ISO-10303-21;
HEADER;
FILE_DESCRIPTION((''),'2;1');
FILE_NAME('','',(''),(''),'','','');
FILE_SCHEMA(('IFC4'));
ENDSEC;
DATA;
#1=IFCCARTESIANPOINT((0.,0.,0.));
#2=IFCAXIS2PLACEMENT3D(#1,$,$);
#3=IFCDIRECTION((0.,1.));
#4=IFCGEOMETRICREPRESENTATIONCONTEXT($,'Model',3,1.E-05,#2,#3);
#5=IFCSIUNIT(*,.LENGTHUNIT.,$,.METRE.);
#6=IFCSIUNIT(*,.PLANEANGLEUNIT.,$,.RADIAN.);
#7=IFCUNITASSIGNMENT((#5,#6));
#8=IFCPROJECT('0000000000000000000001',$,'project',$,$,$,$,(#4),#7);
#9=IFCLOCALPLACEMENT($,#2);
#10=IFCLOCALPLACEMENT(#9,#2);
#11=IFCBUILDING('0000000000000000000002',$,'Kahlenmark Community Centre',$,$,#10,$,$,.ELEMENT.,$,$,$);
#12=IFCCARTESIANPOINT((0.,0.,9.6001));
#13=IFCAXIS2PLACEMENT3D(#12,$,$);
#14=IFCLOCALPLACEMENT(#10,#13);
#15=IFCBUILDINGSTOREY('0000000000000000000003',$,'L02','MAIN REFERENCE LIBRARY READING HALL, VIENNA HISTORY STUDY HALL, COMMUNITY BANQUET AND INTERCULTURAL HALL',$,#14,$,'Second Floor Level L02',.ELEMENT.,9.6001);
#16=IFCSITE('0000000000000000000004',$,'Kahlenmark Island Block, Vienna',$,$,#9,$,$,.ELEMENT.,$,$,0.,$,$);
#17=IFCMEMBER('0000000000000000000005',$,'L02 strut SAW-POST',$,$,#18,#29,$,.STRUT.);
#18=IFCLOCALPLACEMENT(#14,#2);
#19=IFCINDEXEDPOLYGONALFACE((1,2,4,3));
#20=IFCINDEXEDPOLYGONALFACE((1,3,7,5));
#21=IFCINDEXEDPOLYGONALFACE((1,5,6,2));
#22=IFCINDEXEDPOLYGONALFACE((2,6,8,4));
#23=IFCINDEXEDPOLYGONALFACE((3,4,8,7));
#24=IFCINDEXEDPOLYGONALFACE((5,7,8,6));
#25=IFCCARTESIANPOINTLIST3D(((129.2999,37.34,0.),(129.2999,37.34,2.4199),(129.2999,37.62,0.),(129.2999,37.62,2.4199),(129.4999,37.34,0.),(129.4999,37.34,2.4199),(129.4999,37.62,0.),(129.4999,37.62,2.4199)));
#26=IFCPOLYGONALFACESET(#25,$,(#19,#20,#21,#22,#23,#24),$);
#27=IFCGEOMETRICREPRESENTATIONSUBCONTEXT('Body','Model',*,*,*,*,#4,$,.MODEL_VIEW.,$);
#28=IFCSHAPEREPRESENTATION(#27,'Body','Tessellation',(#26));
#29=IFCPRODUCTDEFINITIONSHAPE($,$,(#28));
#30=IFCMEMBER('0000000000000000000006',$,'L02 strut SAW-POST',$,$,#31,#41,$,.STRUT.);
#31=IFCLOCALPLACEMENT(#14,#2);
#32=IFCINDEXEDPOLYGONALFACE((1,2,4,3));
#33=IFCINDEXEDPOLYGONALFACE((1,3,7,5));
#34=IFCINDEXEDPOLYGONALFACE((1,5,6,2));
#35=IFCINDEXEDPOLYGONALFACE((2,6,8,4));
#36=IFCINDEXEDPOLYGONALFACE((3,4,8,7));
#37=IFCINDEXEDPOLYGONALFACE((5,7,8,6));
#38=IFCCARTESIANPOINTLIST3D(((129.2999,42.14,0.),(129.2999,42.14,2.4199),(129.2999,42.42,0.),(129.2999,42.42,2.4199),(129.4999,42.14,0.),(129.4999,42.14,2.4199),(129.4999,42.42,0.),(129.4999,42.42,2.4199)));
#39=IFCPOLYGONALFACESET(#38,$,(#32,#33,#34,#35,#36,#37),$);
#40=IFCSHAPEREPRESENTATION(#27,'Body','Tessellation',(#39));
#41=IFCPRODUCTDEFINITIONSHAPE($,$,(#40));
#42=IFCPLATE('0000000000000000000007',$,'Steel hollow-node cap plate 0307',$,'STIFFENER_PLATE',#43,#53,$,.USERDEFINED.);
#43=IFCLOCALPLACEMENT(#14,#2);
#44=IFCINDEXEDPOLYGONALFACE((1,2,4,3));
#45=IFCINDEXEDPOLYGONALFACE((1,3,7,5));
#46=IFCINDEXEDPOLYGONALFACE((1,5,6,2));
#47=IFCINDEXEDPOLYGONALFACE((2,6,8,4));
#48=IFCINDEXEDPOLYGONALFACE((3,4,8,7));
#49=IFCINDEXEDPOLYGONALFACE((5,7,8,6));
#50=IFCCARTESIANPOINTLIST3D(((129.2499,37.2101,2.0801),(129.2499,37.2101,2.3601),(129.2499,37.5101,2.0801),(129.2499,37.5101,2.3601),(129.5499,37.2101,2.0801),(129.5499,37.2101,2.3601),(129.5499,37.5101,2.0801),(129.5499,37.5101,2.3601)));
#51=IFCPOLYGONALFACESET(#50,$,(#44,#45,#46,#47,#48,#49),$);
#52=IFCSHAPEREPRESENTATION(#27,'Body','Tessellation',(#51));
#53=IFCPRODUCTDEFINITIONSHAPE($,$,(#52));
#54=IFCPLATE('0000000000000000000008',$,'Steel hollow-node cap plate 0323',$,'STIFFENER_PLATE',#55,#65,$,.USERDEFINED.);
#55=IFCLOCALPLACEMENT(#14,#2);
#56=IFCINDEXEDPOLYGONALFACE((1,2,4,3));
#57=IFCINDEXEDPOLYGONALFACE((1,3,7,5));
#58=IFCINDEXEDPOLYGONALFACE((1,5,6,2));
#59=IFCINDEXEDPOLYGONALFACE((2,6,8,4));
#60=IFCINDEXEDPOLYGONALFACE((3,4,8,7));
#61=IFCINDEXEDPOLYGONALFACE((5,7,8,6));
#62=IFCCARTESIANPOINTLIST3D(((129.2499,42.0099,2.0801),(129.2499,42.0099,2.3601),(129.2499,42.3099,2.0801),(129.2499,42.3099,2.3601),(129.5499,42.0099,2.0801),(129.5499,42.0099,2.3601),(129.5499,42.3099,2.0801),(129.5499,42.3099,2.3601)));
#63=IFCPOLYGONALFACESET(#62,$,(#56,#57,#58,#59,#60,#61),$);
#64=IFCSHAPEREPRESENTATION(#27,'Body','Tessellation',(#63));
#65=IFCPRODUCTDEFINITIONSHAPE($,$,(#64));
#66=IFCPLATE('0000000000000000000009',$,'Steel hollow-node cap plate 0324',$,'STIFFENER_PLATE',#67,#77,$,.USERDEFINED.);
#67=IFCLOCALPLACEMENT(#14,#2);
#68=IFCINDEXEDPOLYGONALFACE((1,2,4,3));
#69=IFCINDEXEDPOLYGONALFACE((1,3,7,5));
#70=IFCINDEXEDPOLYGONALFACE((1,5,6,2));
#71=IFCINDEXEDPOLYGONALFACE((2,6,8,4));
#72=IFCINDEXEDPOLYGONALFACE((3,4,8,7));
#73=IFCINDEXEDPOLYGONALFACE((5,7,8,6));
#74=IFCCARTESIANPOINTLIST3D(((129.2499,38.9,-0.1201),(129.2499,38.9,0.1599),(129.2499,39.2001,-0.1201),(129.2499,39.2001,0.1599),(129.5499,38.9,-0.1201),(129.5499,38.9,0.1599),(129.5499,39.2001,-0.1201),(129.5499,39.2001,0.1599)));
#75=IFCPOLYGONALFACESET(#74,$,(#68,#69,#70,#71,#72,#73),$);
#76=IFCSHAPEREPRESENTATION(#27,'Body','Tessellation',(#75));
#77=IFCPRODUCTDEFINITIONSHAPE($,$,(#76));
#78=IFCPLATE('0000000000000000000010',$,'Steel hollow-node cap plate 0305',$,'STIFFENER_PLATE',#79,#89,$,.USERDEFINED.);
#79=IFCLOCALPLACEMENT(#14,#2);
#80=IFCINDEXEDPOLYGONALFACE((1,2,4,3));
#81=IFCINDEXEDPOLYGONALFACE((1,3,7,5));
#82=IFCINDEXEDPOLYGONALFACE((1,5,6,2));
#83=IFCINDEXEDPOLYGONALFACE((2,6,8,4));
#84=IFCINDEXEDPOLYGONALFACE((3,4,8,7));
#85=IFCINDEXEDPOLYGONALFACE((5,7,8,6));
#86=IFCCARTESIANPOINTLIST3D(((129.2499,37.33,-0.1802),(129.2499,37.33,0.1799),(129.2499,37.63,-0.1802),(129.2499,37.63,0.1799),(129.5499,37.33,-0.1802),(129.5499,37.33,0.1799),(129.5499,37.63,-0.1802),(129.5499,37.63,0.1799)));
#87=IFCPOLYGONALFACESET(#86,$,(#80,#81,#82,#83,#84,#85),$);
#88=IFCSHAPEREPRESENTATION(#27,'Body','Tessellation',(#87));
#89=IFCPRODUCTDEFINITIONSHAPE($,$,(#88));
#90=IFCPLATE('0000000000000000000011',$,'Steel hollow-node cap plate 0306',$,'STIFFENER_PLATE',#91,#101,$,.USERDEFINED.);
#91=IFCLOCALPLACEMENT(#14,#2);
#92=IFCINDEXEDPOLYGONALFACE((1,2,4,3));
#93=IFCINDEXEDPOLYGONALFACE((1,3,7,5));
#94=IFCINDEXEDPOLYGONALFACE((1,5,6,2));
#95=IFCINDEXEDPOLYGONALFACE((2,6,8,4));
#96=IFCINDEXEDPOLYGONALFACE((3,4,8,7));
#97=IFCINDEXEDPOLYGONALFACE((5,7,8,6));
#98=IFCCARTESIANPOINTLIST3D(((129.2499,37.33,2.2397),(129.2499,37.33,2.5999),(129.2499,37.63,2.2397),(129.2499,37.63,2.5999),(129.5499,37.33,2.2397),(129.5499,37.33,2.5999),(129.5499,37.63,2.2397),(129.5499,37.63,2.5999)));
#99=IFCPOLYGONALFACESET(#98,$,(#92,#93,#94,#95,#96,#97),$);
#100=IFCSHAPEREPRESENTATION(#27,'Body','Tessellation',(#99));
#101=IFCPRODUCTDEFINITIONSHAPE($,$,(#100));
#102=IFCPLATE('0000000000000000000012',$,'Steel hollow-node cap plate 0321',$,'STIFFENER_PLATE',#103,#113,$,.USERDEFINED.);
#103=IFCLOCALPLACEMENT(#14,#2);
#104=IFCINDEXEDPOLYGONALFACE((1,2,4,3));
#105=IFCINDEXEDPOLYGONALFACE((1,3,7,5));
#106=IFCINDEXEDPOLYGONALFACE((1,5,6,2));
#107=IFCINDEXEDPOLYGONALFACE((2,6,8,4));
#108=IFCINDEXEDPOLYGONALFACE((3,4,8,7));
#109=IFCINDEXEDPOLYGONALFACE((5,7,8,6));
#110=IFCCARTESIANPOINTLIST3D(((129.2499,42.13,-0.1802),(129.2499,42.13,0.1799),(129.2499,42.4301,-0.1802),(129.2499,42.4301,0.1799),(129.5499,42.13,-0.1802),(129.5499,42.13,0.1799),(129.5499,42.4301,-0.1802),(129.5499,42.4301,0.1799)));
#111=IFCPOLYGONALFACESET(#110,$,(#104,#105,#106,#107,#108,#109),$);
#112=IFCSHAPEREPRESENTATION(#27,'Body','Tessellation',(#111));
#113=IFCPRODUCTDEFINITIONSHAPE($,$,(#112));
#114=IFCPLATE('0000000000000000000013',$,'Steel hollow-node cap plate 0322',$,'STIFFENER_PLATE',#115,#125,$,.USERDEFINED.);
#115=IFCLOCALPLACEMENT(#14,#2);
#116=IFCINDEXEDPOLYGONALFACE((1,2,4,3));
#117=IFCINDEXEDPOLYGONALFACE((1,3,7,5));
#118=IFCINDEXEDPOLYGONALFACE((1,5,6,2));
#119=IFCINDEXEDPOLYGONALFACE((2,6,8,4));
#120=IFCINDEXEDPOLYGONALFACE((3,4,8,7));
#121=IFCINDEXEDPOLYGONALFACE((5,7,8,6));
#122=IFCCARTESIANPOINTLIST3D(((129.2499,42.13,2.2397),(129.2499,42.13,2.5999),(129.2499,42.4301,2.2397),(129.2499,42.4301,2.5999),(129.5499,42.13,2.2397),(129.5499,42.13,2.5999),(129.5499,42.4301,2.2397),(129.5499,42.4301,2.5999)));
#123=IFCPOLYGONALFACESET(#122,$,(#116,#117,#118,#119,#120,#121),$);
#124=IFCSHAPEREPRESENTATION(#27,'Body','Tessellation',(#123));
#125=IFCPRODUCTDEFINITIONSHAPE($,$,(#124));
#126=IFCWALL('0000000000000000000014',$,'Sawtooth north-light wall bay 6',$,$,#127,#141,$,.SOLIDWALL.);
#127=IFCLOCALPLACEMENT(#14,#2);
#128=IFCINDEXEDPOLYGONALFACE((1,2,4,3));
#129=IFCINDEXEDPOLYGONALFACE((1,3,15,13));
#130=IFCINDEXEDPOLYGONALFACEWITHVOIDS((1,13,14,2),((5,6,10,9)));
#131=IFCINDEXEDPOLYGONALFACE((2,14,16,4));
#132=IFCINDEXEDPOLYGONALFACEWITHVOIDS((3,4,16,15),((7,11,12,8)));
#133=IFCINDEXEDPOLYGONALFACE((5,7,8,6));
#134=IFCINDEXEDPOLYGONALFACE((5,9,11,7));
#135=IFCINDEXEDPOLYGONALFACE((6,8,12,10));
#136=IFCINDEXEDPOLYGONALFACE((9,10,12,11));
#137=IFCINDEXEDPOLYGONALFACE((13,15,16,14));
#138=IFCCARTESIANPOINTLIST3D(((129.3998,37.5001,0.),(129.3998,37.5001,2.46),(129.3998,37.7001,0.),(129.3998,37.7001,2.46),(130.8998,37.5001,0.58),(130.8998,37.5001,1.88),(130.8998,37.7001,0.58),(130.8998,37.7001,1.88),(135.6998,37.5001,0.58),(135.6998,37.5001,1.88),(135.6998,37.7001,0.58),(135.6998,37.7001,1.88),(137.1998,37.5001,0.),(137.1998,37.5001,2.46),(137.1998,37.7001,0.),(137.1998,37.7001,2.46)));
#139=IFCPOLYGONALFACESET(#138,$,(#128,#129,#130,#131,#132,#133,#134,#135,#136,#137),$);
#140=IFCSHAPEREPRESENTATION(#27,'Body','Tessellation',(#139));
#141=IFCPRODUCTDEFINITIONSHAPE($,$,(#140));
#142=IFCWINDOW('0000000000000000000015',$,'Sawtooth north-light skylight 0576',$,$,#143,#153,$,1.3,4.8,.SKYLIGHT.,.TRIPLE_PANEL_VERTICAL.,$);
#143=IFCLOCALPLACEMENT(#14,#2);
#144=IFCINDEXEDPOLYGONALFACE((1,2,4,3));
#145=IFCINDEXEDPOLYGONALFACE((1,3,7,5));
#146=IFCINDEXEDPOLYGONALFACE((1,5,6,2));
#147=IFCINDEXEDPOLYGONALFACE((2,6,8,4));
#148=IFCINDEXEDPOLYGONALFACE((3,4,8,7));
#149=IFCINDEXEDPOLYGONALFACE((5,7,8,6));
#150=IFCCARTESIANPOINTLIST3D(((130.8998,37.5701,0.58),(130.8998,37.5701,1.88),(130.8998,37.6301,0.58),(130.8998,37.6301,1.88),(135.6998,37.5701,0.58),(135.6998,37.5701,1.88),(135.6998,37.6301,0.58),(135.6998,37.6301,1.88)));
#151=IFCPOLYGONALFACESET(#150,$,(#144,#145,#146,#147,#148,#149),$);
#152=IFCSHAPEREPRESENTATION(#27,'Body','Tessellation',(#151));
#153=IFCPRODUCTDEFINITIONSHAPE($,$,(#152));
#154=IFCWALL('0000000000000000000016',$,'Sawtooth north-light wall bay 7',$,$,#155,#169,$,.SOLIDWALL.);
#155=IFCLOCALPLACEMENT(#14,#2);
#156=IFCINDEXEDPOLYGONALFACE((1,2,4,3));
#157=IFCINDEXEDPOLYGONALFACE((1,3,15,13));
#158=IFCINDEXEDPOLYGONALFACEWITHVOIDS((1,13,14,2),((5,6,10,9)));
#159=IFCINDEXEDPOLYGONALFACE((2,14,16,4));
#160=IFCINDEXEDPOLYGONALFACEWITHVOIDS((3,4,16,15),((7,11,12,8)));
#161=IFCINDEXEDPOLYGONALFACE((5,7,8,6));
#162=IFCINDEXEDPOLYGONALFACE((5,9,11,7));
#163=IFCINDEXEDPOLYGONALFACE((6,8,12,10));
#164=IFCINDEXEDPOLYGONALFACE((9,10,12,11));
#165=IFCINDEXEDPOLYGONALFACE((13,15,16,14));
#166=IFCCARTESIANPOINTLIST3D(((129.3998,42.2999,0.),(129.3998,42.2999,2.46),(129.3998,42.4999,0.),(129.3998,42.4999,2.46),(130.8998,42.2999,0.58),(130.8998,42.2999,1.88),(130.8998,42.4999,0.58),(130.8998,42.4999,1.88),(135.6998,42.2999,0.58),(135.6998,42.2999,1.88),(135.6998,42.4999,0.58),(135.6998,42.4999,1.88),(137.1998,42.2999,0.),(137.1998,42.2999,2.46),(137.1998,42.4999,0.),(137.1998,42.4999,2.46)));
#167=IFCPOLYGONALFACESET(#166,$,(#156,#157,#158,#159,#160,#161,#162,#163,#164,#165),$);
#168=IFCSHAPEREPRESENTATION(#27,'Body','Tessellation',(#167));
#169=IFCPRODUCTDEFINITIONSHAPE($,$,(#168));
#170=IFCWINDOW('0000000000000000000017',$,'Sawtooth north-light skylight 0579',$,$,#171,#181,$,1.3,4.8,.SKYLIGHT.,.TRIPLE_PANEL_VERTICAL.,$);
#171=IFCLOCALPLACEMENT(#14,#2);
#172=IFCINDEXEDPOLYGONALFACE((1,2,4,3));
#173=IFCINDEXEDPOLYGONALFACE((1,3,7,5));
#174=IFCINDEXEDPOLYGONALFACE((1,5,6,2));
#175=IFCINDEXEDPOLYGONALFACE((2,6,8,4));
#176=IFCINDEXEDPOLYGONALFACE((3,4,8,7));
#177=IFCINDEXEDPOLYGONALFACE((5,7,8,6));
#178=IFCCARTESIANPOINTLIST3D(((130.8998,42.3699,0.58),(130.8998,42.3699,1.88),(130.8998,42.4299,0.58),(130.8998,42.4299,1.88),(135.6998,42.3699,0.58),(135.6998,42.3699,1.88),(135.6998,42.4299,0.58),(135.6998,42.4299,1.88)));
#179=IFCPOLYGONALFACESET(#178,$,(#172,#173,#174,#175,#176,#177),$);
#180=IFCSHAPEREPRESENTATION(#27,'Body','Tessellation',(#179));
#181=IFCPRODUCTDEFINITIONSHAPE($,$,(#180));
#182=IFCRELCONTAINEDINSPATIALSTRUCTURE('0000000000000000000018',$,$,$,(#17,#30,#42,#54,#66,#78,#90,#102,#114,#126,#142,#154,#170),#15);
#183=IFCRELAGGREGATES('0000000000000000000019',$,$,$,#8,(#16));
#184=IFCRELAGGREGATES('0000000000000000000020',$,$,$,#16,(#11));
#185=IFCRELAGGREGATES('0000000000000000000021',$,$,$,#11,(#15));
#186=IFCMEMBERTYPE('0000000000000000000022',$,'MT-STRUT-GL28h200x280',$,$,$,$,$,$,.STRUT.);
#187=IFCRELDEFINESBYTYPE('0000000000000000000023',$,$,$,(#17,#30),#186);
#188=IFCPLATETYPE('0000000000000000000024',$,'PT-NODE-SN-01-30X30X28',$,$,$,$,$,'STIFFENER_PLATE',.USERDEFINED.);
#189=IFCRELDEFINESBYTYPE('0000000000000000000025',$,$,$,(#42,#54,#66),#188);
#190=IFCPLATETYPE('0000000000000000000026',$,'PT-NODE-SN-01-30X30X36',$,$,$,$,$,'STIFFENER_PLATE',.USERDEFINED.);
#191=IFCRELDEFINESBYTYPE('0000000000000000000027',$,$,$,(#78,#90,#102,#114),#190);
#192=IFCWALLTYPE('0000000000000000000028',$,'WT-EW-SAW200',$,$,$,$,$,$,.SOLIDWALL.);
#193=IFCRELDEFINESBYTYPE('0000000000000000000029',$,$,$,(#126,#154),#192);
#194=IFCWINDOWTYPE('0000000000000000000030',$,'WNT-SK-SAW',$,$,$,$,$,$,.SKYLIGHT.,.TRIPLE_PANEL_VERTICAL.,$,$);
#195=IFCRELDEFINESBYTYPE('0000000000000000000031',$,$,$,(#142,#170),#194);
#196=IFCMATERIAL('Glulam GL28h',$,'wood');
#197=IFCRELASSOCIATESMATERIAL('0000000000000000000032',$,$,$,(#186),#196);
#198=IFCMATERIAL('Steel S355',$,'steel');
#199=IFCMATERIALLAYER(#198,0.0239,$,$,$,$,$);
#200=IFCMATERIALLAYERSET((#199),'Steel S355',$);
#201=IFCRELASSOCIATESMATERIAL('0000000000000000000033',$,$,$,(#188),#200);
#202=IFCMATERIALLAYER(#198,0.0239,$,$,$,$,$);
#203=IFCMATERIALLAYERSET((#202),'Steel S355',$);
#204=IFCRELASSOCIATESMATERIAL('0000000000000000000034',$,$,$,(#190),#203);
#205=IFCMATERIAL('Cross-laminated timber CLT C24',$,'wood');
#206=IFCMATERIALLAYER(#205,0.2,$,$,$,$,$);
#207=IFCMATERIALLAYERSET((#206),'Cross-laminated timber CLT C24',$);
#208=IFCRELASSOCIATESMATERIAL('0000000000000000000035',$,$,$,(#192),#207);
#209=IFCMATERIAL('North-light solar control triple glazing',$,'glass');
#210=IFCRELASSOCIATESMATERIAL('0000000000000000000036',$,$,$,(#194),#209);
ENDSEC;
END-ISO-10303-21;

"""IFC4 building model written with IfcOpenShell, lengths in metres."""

from ifc_helpers import new_model, si_unit, direction, frame, frame_2d, origin, origin_2d, place, context, subcontext, project, spatial, rectangle, extrude, material, layer, layer_set, material_profile, profile_set, type_object, element, fill, save


model = new_model("IFC4")

# Units and contexts
model_context = context("Model", 3, precision=1e-05, world=origin(), true_north=direction((0.0, 1.0)))
body_context = subcontext(model_context, "Body", "Model", "MODEL_VIEW")
ifc_project = project(units=[si_unit("LENGTHUNIT", "METRE"), si_unit("PLANEANGLEUNIT", "RADIAN")], contexts=[model_context])

# Site, building, storey
site_placement = place(None, origin())
site = spatial("IfcSite", under=ifc_project, at=site_placement, Name="Kahlenmark Island Block, Vienna", CompositionType="ELEMENT", RefElevation=0.0)
building_placement = place(site_placement, origin())
building = spatial("IfcBuilding", under=site, at=building_placement, Name="Kahlenmark Community Centre", CompositionType="ELEMENT")
storey_placement = place(building_placement, frame((0.0, 0.0, 9.6001)))
storey = spatial("IfcBuildingStorey", under=building, at=storey_placement, Name="L02", Description="MAIN REFERENCE LIBRARY READING HALL, VIENNA HISTORY STUDY HALL, COMMUNITY BANQUET AND INTERCULTURAL HALL", LongName="Second Floor Level L02", CompositionType="ELEMENT", Elevation=9.6001)

# Members
ifc_material_1 = material(Name="Steel S355", Category="steel")
ifc_material_2 = material(Name="Glulam GL28h", Category="wood")
ifc_material_profile_1 = material_profile(ifc_material_2, rectangle(XDim=0.2, YDim=0.28, at=origin_2d()), Name="GL28h 200x280")
ifc_profile_set_1 = profile_set([ifc_material_profile_1], Name="Glulam GL28h")
member_type_1 = type_object("IfcMemberType", Name="MT-STRUT-GL28h200x280", PredefinedType="STRUT", material=ifc_profile_set_1)
for number, where, z_axis, x_axis, name in (
    (1, (129.3999, 37.48, 0.0), (0.0, 0.0, 1.0), (1.0, 0.0, 0.0), "L02 strut SAW-POST"),
    (2, (129.3999, 42.28, 0.0), (0.0, 0.0, 1.0), (1.0, 0.0, 0.0), "L02 strut SAW-POST"),
):
    element("IfcMember", number, at=place(storey_placement, frame(where, z_axis=z_axis, x_axis=x_axis)), inside=storey, type_object=member_type_1, Name=name, PredefinedType="STRUT", context=body_context, shape_type="SweptSolid", body=[
        extrude(rectangle(XDim=0.2, YDim=0.28, at=origin_2d()), origin(), (0.0, 0.0, 1.0), 2.4199),
    ])

# Plates
ifc_layer_1 = layer(ifc_material_1, 0.0239)
ifc_layer_set_1 = layer_set([ifc_layer_1], Name="Steel S355")
plate_type_1 = type_object("IfcPlateType", Name="PT-NODE-SN-01-30X30X28", ElementType="STIFFENER_PLATE", PredefinedType="USERDEFINED", material=ifc_layer_set_1)
for number, where, z_axis, x_axis, name in (
    (3, (129.3999, 37.3601, 2.0801), (0.0, 0.0, 1.0), (1.0, 0.0, 0.0), "Steel hollow-node cap plate 0307"),
    (4, (129.3999, 42.1599, 2.0801), (0.0, 0.0, 1.0), (1.0, 0.0, 0.0), "Steel hollow-node cap plate 0323"),
    (5, (129.3999, 39.05, -0.1201), (0.0, 0.0, 1.0), (1.0, 0.0, 0.0), "Steel hollow-node cap plate 0324"),
):
    element("IfcPlate", number, at=place(storey_placement, frame(where, z_axis=z_axis, x_axis=x_axis)), inside=storey, type_object=plate_type_1, Name=name, ObjectType="STIFFENER_PLATE", PredefinedType="USERDEFINED", context=body_context, shape_type="SweptSolid", body=[
        extrude(rectangle(XDim=0.3, YDim=0.3, at=origin_2d()), origin(), (0.0, 0.0, 1.0), 0.28),
    ])
ifc_layer_2 = layer(ifc_material_1, 0.0239)
ifc_layer_set_2 = layer_set([ifc_layer_2], Name="Steel S355")
plate_type_2 = type_object("IfcPlateType", Name="PT-NODE-SN-01-30X30X36", ElementType="STIFFENER_PLATE", PredefinedType="USERDEFINED", material=ifc_layer_set_2)
for number, where, z_axis, x_axis, name in (
    (6, (129.3999, 37.48, -0.1802), (0.0, 0.0, 1.0), (1.0, 0.0, 0.0), "Steel hollow-node cap plate 0305"),
    (7, (129.3999, 37.48, 2.2397), (0.0, 0.0, 1.0), (1.0, 0.0, 0.0), "Steel hollow-node cap plate 0306"),
    (8, (129.3999, 42.28, -0.1802), (0.0, 0.0, 1.0), (1.0, 0.0, 0.0), "Steel hollow-node cap plate 0321"),
    (9, (129.3999, 42.28, 2.2397), (0.0, 0.0, 1.0), (1.0, 0.0, 0.0), "Steel hollow-node cap plate 0322"),
):
    element("IfcPlate", number, at=place(storey_placement, frame(where, z_axis=z_axis, x_axis=x_axis)), inside=storey, type_object=plate_type_2, Name=name, ObjectType="STIFFENER_PLATE", PredefinedType="USERDEFINED", context=body_context, shape_type="SweptSolid", body=[
        extrude(rectangle(XDim=0.3, YDim=0.3, at=origin_2d()), origin(), (0.0, 0.0, 1.0), 0.3601),
    ])

# Walls, openings, windows
ifc_material_3 = material(Name="Cross-laminated timber CLT C24", Category="wood")
ifc_layer_3 = layer(ifc_material_3, 0.2)
ifc_layer_set_3 = layer_set([ifc_layer_3], Name="Cross-laminated timber CLT C24")
wall_type = type_object("IfcWallType", Name="WT-EW-SAW200", PredefinedType="SOLIDWALL", material=ifc_layer_set_3)
wall_1_placement = place(storey_placement, frame((129.3999, 37.6001, 0.0), z_axis=(0.0, 0.0, 1.0), x_axis=(1.0, 0.0, 0.0)))
wall_1 = element("IfcWall", 10, at=wall_1_placement, inside=storey, type_object=wall_type, Name="Sawtooth north-light wall bay 6", PredefinedType="SOLIDWALL", context=body_context, shape_type="SweptSolid", body=[
    extrude(rectangle(XDim=7.8, YDim=0.2, at=frame_2d((3.8999, 0.0))), origin(), (0.0, 0.0, 1.0), 2.46),
])
opening_1_placement = place(wall_1_placement, frame((1.5, 0.0, 0.5801)))
opening_1 = element("IfcOpeningElement", 11, at=opening_1_placement, cuts=wall_1, PredefinedType="OPENING", context=body_context, shape_type="SweptSolid", body=[
    extrude(rectangle(XDim=4.8, YDim=1.3, at=frame_2d((2.3999, 0.6499))), frame((0.0, 0.1099, 0.0), z_axis=(0.0, -1.0, 0.0), x_axis=(1.0, 0.0, 0.0)), (0.0, 0.0, 1.0), 0.22),
])
ifc_material_4 = material(Name="North-light solar control triple glazing", Category="glass")
window_type = type_object("IfcWindowType", Name="WNT-SK-SAW", PartitioningType="TRIPLE_PANEL_VERTICAL", PredefinedType="SKYLIGHT", material=ifc_material_4)
window_1_placement = place(opening_1_placement, origin())
window_1 = element("IfcWindow", 12, at=window_1_placement, inside=storey, type_object=window_type, Name="Sawtooth north-light skylight 0576", OverallHeight=1.3, OverallWidth=4.8, PartitioningType="TRIPLE_PANEL_VERTICAL", PredefinedType="SKYLIGHT", context=body_context, shape_type="SweptSolid", body=[
    extrude(rectangle(XDim=4.8, YDim=1.3, at=frame_2d((2.3999, 0.6499))), frame((0.0, 0.03, 0.0), z_axis=(0.0, -1.0, 0.0), x_axis=(1.0, 0.0, 0.0)), (0.0, 0.0, 1.0), 0.0601),
])
fill(opening_1, window_1)
wall_2_placement = place(storey_placement, frame((129.3999, 42.3999, 0.0), z_axis=(0.0, 0.0, 1.0), x_axis=(1.0, 0.0, 0.0)))
wall_2 = element("IfcWall", 13, at=wall_2_placement, inside=storey, type_object=wall_type, Name="Sawtooth north-light wall bay 7", PredefinedType="SOLIDWALL", context=body_context, shape_type="SweptSolid", body=[
    extrude(rectangle(XDim=7.8, YDim=0.2, at=frame_2d((3.8999, 0.0))), origin(), (0.0, 0.0, 1.0), 2.46),
])
opening_2_placement = place(wall_2_placement, frame((1.5, 0.0, 0.5801)))
opening_2 = element("IfcOpeningElement", 14, at=opening_2_placement, cuts=wall_2, PredefinedType="OPENING", context=body_context, shape_type="SweptSolid", body=[
    extrude(rectangle(XDim=4.8, YDim=1.3, at=frame_2d((2.3999, 0.6499))), frame((0.0, 0.1099, 0.0), z_axis=(0.0, -1.0, 0.0), x_axis=(1.0, 0.0, 0.0)), (0.0, 0.0, 1.0), 0.22),
])
window_2_placement = place(opening_2_placement, origin())
window_2 = element("IfcWindow", 15, at=window_2_placement, inside=storey, type_object=window_type, Name="Sawtooth north-light skylight 0579", OverallHeight=1.3, OverallWidth=4.8, PartitioningType="TRIPLE_PANEL_VERTICAL", PredefinedType="SKYLIGHT", context=body_context, shape_type="SweptSolid", body=[
    extrude(rectangle(XDim=4.8, YDim=1.3, at=frame_2d((2.3999, 0.6499))), frame((0.0, 0.03, 0.0), z_axis=(0.0, -1.0, 0.0), x_axis=(1.0, 0.0, 0.0)), (0.0, 0.0, 1.0), 0.0601),
])
fill(opening_2, window_2)

save(model, "model.ifc")
